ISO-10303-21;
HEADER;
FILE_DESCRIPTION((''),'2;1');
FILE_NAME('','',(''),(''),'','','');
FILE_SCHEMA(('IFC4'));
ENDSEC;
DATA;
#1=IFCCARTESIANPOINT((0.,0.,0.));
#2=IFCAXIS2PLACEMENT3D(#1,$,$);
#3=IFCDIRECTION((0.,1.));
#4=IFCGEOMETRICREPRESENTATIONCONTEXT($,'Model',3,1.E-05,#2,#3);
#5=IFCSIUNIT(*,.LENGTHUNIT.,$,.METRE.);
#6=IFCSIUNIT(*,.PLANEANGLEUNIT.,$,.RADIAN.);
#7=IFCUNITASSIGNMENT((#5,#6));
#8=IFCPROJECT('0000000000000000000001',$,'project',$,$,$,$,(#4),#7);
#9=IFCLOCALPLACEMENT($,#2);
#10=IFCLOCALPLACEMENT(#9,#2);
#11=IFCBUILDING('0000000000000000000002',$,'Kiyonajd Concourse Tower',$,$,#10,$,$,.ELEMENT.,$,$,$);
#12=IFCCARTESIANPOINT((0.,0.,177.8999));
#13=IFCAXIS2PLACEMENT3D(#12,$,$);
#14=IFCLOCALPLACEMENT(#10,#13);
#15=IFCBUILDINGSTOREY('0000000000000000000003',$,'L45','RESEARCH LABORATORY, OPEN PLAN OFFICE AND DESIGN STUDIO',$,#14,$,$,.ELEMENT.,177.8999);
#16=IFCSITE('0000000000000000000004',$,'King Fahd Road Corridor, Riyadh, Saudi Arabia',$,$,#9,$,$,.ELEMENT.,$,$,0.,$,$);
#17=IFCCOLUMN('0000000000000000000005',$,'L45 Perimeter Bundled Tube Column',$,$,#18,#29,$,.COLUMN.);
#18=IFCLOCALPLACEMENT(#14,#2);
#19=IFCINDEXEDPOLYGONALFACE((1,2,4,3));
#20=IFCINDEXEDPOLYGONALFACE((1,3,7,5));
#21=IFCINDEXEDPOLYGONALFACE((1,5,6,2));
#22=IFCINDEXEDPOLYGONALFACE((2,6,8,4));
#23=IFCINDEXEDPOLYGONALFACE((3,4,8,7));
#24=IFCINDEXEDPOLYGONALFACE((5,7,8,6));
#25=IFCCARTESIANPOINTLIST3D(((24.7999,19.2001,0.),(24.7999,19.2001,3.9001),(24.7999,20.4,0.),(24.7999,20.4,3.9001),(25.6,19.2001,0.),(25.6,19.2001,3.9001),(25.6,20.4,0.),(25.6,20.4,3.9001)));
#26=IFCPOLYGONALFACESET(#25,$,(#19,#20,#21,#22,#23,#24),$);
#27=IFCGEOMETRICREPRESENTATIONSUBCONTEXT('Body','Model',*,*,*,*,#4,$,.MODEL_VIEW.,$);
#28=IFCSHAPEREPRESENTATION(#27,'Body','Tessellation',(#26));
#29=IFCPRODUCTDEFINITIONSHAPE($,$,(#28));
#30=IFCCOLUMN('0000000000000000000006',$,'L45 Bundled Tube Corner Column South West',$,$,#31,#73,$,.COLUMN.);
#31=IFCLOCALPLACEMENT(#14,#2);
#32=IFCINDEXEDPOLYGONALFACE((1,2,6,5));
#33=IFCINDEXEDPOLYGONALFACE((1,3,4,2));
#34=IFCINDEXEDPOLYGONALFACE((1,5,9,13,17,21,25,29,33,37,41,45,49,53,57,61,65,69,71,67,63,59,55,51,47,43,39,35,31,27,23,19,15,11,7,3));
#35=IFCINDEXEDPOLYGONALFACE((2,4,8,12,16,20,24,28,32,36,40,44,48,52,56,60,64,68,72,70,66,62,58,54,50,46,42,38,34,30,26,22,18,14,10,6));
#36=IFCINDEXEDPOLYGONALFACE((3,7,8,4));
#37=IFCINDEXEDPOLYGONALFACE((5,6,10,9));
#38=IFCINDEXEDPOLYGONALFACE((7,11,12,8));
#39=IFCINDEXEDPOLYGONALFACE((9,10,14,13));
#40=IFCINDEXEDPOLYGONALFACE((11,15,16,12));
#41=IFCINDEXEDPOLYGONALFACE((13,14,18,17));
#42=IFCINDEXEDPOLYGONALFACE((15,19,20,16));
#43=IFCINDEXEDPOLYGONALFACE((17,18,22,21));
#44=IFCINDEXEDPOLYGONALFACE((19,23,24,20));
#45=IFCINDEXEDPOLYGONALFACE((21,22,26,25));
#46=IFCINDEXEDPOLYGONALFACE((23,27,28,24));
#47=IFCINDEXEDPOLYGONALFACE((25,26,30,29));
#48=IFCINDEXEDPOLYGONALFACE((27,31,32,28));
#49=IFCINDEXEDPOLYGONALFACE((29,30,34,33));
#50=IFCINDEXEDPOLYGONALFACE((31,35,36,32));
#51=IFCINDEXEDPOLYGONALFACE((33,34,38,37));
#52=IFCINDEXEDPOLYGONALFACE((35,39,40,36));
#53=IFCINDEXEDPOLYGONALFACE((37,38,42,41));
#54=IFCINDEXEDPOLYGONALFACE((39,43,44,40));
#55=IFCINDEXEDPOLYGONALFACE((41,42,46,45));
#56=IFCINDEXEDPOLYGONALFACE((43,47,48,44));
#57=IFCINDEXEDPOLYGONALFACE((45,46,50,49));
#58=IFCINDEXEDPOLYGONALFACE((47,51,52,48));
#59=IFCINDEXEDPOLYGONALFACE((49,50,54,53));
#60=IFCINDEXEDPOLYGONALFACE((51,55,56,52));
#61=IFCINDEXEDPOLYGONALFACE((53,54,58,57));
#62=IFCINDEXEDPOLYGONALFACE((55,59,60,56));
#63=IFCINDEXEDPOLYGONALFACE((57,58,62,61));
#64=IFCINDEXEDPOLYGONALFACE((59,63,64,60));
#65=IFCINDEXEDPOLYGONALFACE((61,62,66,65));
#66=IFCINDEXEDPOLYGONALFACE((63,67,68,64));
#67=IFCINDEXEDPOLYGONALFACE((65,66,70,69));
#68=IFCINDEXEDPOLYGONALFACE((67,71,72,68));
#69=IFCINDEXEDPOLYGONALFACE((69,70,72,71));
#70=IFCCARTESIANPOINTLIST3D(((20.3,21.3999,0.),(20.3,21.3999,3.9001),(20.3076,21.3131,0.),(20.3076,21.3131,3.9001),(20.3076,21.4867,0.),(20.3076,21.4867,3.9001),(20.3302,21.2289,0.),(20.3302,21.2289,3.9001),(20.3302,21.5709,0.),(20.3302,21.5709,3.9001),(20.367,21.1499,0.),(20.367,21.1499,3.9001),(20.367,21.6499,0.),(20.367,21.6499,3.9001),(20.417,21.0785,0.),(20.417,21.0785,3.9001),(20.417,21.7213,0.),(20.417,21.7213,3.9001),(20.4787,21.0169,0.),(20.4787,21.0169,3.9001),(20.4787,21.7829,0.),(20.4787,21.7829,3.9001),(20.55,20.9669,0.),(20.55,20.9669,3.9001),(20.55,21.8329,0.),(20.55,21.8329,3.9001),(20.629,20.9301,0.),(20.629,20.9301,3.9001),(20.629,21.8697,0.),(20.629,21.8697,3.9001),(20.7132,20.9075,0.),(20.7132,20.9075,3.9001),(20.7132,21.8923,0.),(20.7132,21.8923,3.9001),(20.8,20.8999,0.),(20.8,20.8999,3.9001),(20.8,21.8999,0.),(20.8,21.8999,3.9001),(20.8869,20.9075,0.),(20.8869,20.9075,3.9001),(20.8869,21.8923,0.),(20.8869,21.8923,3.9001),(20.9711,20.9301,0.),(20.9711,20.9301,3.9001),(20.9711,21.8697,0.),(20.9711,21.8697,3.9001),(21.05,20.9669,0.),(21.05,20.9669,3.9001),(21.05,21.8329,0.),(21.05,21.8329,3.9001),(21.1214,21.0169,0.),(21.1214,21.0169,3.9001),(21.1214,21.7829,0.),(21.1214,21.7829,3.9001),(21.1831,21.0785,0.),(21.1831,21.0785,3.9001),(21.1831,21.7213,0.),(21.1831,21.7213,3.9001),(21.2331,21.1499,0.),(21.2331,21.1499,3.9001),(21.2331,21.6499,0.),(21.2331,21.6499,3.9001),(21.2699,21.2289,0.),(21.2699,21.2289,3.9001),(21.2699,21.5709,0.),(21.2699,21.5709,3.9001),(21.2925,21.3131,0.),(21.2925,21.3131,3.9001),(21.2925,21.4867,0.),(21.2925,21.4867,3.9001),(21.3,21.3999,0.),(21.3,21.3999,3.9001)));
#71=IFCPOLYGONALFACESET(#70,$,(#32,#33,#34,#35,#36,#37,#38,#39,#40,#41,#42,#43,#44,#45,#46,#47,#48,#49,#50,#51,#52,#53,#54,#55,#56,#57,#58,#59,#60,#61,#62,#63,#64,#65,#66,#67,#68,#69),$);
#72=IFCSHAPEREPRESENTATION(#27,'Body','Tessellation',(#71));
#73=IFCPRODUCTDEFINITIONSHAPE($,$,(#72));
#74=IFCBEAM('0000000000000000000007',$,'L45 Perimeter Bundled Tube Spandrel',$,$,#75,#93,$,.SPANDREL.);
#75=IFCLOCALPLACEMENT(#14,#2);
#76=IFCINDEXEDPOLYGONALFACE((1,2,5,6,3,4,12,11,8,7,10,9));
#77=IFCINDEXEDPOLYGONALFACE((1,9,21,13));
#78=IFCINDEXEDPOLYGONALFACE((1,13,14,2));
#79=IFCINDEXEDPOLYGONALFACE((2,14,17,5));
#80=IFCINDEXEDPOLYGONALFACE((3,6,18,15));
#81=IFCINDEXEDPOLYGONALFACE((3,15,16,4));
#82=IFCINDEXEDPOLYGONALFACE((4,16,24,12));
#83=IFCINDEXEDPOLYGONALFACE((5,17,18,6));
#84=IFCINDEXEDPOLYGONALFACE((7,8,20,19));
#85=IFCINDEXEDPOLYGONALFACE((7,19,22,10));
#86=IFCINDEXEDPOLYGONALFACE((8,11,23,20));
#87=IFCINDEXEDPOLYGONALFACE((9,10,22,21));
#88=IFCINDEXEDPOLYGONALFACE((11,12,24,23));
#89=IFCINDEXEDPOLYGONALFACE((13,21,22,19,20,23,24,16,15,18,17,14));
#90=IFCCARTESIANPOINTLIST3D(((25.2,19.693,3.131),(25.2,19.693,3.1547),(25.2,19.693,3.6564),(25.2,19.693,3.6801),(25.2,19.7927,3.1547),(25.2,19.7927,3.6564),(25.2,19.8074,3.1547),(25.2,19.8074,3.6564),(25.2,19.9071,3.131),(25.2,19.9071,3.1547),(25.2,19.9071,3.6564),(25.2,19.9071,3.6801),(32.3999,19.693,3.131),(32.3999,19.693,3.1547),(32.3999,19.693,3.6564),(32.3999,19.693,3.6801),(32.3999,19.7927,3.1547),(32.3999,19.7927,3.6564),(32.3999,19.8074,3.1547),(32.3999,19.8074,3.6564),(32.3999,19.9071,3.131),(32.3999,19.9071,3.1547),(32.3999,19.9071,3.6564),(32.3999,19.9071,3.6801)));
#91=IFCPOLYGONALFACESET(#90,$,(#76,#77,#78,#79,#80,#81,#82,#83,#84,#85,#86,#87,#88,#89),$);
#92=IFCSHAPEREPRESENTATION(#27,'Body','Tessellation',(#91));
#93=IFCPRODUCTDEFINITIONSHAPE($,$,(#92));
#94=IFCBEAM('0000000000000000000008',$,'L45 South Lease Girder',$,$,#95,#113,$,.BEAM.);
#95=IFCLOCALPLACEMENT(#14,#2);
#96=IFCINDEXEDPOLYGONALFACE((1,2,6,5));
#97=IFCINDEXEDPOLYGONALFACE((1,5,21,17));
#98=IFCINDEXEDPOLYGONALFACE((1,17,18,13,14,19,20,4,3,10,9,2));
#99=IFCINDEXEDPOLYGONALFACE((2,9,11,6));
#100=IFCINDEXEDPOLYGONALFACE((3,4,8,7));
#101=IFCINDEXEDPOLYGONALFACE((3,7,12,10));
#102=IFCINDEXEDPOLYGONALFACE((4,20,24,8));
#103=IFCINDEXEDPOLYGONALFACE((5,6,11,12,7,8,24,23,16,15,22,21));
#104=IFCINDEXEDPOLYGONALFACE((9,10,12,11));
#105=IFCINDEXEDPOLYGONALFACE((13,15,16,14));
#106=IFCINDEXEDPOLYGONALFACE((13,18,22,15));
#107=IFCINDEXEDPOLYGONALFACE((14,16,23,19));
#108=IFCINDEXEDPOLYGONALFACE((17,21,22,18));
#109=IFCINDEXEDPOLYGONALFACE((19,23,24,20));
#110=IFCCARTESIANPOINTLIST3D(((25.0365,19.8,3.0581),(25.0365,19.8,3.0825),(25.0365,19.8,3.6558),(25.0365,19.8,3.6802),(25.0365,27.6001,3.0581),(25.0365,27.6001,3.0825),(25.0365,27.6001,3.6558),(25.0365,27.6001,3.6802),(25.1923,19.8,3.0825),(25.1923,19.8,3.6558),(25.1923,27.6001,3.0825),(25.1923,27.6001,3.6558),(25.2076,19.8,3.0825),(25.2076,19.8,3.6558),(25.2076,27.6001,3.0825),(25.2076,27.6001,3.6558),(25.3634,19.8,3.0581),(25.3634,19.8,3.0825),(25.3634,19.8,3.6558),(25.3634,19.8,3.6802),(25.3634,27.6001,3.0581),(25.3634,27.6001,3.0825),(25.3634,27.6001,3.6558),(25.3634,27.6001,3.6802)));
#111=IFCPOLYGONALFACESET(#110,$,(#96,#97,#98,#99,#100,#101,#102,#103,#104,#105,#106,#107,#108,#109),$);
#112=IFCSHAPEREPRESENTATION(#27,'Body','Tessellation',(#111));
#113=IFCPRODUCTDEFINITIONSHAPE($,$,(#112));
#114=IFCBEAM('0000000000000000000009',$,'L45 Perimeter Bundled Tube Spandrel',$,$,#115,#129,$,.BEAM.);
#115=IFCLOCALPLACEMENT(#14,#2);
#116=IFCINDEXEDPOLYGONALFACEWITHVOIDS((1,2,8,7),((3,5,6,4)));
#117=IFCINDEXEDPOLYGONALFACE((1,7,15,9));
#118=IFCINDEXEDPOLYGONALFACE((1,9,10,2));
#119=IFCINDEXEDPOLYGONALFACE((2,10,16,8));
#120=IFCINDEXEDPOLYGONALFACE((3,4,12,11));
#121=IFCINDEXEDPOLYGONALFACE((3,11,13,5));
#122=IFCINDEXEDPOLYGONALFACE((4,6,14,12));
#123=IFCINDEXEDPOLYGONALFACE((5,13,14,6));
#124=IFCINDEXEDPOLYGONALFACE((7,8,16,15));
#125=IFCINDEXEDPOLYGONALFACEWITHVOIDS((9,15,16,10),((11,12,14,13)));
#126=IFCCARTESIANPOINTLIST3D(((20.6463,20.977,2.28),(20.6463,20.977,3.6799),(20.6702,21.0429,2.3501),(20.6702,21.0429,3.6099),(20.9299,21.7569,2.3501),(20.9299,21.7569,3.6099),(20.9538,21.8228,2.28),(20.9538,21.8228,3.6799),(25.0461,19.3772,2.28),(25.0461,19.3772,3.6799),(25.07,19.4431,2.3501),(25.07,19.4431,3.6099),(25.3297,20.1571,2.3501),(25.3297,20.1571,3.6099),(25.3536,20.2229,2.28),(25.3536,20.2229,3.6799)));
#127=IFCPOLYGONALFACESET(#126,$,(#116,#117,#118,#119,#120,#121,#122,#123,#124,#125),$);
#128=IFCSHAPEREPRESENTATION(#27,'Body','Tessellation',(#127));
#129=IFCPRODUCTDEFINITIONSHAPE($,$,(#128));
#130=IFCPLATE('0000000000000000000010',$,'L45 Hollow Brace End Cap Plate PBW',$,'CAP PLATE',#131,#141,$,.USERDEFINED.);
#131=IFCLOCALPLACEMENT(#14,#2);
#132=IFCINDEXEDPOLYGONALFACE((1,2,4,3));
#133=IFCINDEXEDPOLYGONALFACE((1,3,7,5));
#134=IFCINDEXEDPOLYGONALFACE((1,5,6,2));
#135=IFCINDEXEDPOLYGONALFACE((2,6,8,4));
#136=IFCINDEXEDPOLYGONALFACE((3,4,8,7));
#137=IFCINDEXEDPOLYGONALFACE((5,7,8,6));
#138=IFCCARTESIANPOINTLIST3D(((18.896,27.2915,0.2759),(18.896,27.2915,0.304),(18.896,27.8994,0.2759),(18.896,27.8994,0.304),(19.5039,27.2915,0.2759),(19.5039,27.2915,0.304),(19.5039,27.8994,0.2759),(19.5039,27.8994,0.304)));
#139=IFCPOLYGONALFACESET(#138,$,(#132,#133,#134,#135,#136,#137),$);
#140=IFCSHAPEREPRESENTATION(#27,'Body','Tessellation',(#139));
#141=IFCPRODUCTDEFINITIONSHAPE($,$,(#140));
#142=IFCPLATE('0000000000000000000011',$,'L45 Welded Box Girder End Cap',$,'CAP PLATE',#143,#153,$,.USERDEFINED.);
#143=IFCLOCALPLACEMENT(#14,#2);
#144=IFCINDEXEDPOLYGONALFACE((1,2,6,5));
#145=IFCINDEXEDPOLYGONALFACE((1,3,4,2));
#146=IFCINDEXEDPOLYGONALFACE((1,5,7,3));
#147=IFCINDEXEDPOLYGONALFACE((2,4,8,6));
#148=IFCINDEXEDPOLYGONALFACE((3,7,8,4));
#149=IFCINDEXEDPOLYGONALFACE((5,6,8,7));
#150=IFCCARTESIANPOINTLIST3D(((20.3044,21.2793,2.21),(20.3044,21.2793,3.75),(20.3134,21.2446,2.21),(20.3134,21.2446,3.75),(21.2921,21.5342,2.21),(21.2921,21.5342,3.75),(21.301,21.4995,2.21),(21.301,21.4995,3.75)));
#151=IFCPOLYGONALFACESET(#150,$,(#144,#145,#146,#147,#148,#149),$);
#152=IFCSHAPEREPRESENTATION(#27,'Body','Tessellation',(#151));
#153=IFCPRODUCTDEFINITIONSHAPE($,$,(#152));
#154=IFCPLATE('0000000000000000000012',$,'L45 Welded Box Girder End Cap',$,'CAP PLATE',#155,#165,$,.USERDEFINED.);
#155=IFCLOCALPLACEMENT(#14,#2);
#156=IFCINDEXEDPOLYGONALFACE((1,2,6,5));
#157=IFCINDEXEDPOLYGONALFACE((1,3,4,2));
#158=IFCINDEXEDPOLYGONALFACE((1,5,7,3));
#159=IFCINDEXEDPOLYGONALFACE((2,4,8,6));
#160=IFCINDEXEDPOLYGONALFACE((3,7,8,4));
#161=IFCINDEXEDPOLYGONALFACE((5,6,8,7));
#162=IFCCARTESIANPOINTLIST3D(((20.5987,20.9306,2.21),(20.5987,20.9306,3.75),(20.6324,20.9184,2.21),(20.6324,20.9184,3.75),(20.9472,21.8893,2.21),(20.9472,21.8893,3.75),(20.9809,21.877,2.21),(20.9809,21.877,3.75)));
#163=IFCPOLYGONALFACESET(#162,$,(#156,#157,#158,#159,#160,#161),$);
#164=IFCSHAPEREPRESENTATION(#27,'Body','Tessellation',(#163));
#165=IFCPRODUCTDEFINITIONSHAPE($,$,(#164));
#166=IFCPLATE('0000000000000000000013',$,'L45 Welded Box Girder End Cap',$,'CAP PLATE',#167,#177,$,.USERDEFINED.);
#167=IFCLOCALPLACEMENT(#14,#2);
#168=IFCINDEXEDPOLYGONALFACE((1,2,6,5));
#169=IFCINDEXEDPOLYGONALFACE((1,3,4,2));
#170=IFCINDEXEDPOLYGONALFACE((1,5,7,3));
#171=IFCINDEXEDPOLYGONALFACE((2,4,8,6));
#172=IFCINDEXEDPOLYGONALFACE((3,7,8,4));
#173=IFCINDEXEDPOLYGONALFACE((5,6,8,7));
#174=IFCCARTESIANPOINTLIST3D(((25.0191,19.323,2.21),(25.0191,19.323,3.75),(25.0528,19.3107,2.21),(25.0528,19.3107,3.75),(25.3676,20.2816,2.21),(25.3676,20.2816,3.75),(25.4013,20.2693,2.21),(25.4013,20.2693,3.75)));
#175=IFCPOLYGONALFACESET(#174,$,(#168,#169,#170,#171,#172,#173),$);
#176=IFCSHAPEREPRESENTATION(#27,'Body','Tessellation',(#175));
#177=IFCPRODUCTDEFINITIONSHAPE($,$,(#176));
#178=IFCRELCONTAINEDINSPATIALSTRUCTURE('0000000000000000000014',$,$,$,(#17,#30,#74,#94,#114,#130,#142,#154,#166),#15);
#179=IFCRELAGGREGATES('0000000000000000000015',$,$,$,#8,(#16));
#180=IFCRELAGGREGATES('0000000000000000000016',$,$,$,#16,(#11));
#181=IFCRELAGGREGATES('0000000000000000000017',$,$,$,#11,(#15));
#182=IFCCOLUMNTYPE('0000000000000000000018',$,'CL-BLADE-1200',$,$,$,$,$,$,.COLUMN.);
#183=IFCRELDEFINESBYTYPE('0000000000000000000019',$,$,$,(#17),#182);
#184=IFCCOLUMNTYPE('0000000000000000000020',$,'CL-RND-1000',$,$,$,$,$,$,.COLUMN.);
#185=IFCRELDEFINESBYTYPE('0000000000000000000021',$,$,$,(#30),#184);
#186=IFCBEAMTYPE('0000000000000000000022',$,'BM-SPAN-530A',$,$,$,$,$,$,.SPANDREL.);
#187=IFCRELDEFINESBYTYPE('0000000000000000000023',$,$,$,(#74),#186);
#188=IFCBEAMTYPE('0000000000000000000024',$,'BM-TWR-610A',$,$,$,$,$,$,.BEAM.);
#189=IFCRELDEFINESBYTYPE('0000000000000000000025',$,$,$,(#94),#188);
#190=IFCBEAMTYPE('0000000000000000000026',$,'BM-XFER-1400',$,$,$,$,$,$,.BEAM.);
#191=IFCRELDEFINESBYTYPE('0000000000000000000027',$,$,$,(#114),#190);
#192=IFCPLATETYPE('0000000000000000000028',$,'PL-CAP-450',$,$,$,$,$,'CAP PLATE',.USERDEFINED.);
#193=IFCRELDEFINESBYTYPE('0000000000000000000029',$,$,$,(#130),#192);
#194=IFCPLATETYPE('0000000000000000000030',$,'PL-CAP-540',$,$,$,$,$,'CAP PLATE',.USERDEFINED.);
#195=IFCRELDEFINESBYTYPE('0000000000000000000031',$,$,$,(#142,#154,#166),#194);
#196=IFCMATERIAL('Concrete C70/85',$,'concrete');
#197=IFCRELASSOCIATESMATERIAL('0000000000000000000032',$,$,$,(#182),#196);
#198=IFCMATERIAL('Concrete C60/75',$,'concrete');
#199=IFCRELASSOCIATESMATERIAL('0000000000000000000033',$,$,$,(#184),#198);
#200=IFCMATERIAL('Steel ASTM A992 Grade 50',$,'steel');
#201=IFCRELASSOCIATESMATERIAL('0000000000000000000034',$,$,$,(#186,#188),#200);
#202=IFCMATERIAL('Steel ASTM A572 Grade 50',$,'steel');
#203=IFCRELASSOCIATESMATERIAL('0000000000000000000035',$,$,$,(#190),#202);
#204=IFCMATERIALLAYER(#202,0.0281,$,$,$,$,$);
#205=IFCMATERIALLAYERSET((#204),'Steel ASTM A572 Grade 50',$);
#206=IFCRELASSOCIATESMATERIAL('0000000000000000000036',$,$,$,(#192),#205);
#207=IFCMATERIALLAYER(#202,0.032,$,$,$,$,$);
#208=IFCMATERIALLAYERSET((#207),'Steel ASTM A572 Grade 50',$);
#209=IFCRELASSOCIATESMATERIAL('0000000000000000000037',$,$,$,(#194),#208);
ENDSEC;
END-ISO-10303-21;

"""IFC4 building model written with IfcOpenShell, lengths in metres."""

from ifc_helpers import new_model, si_unit, direction, frame, origin, origin_2d, place, context, subcontext, project, spatial, rectangle, hollow_rectangle, circle, i_section, extrude, material, layer, layer_set, material_profile, profile_set, type_object, element, save


model = new_model("IFC4")

# Units and contexts
model_context = context("Model", 3, precision=1e-05, world=origin(), true_north=direction((0.0, 1.0)))
body_context = subcontext(model_context, "Body", "Model", "MODEL_VIEW")
ifc_project = project(units=[si_unit("LENGTHUNIT", "METRE"), si_unit("PLANEANGLEUNIT", "RADIAN")], contexts=[model_context])

# Site, building, storey
site_placement = place(None, origin())
site = spatial("IfcSite", under=ifc_project, at=site_placement, Name="King Fahd Road Corridor, Riyadh, Saudi Arabia", CompositionType="ELEMENT", RefElevation=0.0)
building_placement = place(site_placement, origin())
building = spatial("IfcBuilding", under=site, at=building_placement, Name="Kiyonajd Concourse Tower", CompositionType="ELEMENT")
storey_placement = place(building_placement, frame((0.0, 0.0, 177.8999)))
storey = spatial("IfcBuildingStorey", under=building, at=storey_placement, Name="L45", Description="RESEARCH LABORATORY, OPEN PLAN OFFICE AND DESIGN STUDIO", CompositionType="ELEMENT", Elevation=177.8999)

# Columns
ifc_material_1 = material(Name="Concrete C70/85", Category="concrete")
ifc_material_profile_1 = material_profile(ifc_material_1, rectangle(XDim=0.8, YDim=1.2, at=origin_2d()), Name="RC-1200x800")
ifc_profile_set_1 = profile_set([ifc_material_profile_1], Name="Concrete C70/85")
column_type_1 = type_object("IfcColumnType", Name="CL-BLADE-1200", PredefinedType="COLUMN", material=ifc_profile_set_1)
column_1_placement = place(storey_placement, frame((25.2, 19.8, 0.0), z_axis=(0.0, 0.0, 1.0), x_axis=(1.0, 0.0, 0.0)))
element("IfcColumn", 1, at=column_1_placement, inside=storey, type_object=column_type_1, Name="L45 Perimeter Bundled Tube Column", PredefinedType="COLUMN", context=body_context, shape_type="SweptSolid", body=[
    extrude(rectangle(XDim=0.8, YDim=1.2, at=origin_2d()), origin(), (0.0, 0.0, 1.0), 3.9001),
])
ifc_material_2 = material(Name="Concrete C60/75", Category="concrete")
ifc_material_profile_2 = material_profile(ifc_material_2, circle(Radius=0.5, at=origin_2d()), Name="RCC-D1000")
ifc_profile_set_2 = profile_set([ifc_material_profile_2], Name="Concrete C60/75")
column_type_2 = type_object("IfcColumnType", Name="CL-RND-1000", PredefinedType="COLUMN", material=ifc_profile_set_2)
column_2_placement = place(storey_placement, frame((20.8, 21.3999, 0.0), z_axis=(0.0, 0.0, 1.0), x_axis=(1.0, 0.0, 0.0)))
element("IfcColumn", 2, at=column_2_placement, inside=storey, type_object=column_type_2, Name="L45 Bundled Tube Corner Column South West", PredefinedType="COLUMN", context=body_context, shape_type="SweptSolid", body=[
    extrude(circle(Radius=0.5, at=origin_2d()), origin(), (0.0, 0.0, 1.0), 3.9001),
])

# Beams
ifc_material_3 = material(Name="Steel ASTM A992 Grade 50", Category="steel")
ifc_material_profile_3 = material_profile(ifc_material_3, i_section(OverallWidth=0.2141, OverallDepth=0.5491, WebThickness=0.0146, FlangeThickness=0.0237, at=origin_2d()), Name="W530X138")
ifc_profile_set_3 = profile_set([ifc_material_profile_3], Name="Steel ASTM A992 Grade 50")
beam_type_1 = type_object("IfcBeamType", Name="BM-SPAN-530A", PredefinedType="SPANDREL", material=ifc_profile_set_3)
beam_1_placement = place(storey_placement, frame((25.2, 19.8, 3.4055), z_axis=(1.0, 0.0, 0.0), x_axis=(0.0, 1.0, 0.0)))
element("IfcBeam", 3, at=beam_1_placement, inside=storey, type_object=beam_type_1, Name="L45 Perimeter Bundled Tube Spandrel", PredefinedType="SPANDREL", context=body_context, shape_type="SweptSolid", body=[
    extrude(i_section(OverallWidth=0.2141, OverallDepth=0.5491, WebThickness=0.0146, FlangeThickness=0.0237, at=origin_2d()), origin(), (0.0, 0.0, 1.0), 7.2),
])
ifc_material_profile_4 = material_profile(ifc_material_3, i_section(OverallWidth=0.3269, OverallDepth=0.6221, WebThickness=0.0154, FlangeThickness=0.0244, at=origin_2d()), Name="W610X195")
ifc_profile_set_4 = profile_set([ifc_material_profile_4], Name="Steel ASTM A992 Grade 50")
beam_type_2 = type_object("IfcBeamType", Name="BM-TWR-610A", PredefinedType="BEAM", material=ifc_profile_set_4)
beam_2_placement = place(storey_placement, frame((25.2, 19.8, 3.3691), z_axis=(0.0, 1.0, 0.0), x_axis=(-1.0, 0.0, 0.0)))
element("IfcBeam", 4, at=beam_2_placement, inside=storey, type_object=beam_type_2, Name="L45 South Lease Girder", PredefinedType="BEAM", context=body_context, shape_type="SweptSolid", body=[
    extrude(i_section(OverallWidth=0.3269, OverallDepth=0.6221, WebThickness=0.0154, FlangeThickness=0.0244, at=origin_2d()), origin(), (0.0, 0.0, 1.0), 7.8),
])
ifc_material_4 = material(Name="Steel ASTM A572 Grade 50", Category="steel")
ifc_material_profile_5 = material_profile(ifc_material_4, hollow_rectangle(XDim=0.8999, YDim=1.3999, WallThickness=0.0701, at=origin_2d()), Name="BOX-1400x900x70")
ifc_profile_set_5 = profile_set([ifc_material_profile_5], Name="Steel ASTM A572 Grade 50")
beam_type_3 = type_object("IfcBeamType", Name="BM-XFER-1400", PredefinedType="BEAM", material=ifc_profile_set_5)
beam_3_placement = place(storey_placement, frame((20.8, 21.3999, 2.98), z_axis=(0.939801, -0.341722, 0.0), x_axis=(0.341722, 0.939801, 0.0)))
element("IfcBeam", 5, at=beam_3_placement, inside=storey, type_object=beam_type_3, Name="L45 Perimeter Bundled Tube Spandrel", PredefinedType="BEAM", context=body_context, shape_type="SweptSolid", body=[
    extrude(hollow_rectangle(XDim=0.8999, YDim=1.3999, WallThickness=0.0701, at=origin_2d()), origin(), (0.0, 0.0, 1.0), 4.6816),
])

# Plates
ifc_layer_1 = layer(ifc_material_4, 0.0281)
ifc_layer_set_1 = layer_set([ifc_layer_1], Name="Steel ASTM A572 Grade 50")
plate_type_1 = type_object("IfcPlateType", Name="PL-CAP-450", ElementType="CAP PLATE", PredefinedType="USERDEFINED", material=ifc_layer_set_1)
plate_placement = place(storey_placement, frame((19.2, 27.5955, 0.2759), z_axis=(0.0, 0.0, 1.0), x_axis=(1.0, 0.0, 0.0)))
element("IfcPlate", 6, at=plate_placement, inside=storey, type_object=plate_type_1, Name="L45 Hollow Brace End Cap Plate PBW", ObjectType="CAP PLATE", PredefinedType="USERDEFINED", context=body_context, shape_type="SweptSolid", body=[
    extrude(rectangle(XDim=0.6079, YDim=0.6079, at=origin_2d()), origin(), (0.0, 0.0, 1.0), 0.0281),
])
ifc_layer_2 = layer(ifc_material_4, 0.032)
ifc_layer_set_2 = layer_set([ifc_layer_2], Name="Steel ASTM A572 Grade 50")
plate_type_2 = type_object("IfcPlateType", Name="PL-CAP-540", ElementType="CAP PLATE", PredefinedType="USERDEFINED", material=ifc_layer_set_2)
for number, where, z_axis, x_axis, name in (
    (7, (20.8027, 21.3894, 2.21), (0.0, 0.0, 1.0), (0.249873, -0.968279, 0.0), "L45 Welded Box Girder End Cap"),
    (8, (20.7898, 21.4038, 2.21), (0.0, 0.0, 1.0), (-0.939812, 0.341692, 0.0), "L45 Welded Box Girder End Cap"),
    (9, (25.2102, 19.7961, 2.21), (0.0, 0.0, 1.0), (0.939812, -0.341692, 0.0), "L45 Welded Box Girder End Cap"),
):
    element("IfcPlate", number, at=place(storey_placement, frame(where, z_axis=z_axis, x_axis=x_axis)), inside=storey, type_object=plate_type_2, Name=name, ObjectType="CAP PLATE", PredefinedType="USERDEFINED", context=body_context, shape_type="SweptSolid", body=[
        extrude(rectangle(XDim=0.0359, YDim=1.02, at=origin_2d()), origin(), (0.0, 0.0, 1.0), 1.54),
    ])

save(model, "model.ifc")
